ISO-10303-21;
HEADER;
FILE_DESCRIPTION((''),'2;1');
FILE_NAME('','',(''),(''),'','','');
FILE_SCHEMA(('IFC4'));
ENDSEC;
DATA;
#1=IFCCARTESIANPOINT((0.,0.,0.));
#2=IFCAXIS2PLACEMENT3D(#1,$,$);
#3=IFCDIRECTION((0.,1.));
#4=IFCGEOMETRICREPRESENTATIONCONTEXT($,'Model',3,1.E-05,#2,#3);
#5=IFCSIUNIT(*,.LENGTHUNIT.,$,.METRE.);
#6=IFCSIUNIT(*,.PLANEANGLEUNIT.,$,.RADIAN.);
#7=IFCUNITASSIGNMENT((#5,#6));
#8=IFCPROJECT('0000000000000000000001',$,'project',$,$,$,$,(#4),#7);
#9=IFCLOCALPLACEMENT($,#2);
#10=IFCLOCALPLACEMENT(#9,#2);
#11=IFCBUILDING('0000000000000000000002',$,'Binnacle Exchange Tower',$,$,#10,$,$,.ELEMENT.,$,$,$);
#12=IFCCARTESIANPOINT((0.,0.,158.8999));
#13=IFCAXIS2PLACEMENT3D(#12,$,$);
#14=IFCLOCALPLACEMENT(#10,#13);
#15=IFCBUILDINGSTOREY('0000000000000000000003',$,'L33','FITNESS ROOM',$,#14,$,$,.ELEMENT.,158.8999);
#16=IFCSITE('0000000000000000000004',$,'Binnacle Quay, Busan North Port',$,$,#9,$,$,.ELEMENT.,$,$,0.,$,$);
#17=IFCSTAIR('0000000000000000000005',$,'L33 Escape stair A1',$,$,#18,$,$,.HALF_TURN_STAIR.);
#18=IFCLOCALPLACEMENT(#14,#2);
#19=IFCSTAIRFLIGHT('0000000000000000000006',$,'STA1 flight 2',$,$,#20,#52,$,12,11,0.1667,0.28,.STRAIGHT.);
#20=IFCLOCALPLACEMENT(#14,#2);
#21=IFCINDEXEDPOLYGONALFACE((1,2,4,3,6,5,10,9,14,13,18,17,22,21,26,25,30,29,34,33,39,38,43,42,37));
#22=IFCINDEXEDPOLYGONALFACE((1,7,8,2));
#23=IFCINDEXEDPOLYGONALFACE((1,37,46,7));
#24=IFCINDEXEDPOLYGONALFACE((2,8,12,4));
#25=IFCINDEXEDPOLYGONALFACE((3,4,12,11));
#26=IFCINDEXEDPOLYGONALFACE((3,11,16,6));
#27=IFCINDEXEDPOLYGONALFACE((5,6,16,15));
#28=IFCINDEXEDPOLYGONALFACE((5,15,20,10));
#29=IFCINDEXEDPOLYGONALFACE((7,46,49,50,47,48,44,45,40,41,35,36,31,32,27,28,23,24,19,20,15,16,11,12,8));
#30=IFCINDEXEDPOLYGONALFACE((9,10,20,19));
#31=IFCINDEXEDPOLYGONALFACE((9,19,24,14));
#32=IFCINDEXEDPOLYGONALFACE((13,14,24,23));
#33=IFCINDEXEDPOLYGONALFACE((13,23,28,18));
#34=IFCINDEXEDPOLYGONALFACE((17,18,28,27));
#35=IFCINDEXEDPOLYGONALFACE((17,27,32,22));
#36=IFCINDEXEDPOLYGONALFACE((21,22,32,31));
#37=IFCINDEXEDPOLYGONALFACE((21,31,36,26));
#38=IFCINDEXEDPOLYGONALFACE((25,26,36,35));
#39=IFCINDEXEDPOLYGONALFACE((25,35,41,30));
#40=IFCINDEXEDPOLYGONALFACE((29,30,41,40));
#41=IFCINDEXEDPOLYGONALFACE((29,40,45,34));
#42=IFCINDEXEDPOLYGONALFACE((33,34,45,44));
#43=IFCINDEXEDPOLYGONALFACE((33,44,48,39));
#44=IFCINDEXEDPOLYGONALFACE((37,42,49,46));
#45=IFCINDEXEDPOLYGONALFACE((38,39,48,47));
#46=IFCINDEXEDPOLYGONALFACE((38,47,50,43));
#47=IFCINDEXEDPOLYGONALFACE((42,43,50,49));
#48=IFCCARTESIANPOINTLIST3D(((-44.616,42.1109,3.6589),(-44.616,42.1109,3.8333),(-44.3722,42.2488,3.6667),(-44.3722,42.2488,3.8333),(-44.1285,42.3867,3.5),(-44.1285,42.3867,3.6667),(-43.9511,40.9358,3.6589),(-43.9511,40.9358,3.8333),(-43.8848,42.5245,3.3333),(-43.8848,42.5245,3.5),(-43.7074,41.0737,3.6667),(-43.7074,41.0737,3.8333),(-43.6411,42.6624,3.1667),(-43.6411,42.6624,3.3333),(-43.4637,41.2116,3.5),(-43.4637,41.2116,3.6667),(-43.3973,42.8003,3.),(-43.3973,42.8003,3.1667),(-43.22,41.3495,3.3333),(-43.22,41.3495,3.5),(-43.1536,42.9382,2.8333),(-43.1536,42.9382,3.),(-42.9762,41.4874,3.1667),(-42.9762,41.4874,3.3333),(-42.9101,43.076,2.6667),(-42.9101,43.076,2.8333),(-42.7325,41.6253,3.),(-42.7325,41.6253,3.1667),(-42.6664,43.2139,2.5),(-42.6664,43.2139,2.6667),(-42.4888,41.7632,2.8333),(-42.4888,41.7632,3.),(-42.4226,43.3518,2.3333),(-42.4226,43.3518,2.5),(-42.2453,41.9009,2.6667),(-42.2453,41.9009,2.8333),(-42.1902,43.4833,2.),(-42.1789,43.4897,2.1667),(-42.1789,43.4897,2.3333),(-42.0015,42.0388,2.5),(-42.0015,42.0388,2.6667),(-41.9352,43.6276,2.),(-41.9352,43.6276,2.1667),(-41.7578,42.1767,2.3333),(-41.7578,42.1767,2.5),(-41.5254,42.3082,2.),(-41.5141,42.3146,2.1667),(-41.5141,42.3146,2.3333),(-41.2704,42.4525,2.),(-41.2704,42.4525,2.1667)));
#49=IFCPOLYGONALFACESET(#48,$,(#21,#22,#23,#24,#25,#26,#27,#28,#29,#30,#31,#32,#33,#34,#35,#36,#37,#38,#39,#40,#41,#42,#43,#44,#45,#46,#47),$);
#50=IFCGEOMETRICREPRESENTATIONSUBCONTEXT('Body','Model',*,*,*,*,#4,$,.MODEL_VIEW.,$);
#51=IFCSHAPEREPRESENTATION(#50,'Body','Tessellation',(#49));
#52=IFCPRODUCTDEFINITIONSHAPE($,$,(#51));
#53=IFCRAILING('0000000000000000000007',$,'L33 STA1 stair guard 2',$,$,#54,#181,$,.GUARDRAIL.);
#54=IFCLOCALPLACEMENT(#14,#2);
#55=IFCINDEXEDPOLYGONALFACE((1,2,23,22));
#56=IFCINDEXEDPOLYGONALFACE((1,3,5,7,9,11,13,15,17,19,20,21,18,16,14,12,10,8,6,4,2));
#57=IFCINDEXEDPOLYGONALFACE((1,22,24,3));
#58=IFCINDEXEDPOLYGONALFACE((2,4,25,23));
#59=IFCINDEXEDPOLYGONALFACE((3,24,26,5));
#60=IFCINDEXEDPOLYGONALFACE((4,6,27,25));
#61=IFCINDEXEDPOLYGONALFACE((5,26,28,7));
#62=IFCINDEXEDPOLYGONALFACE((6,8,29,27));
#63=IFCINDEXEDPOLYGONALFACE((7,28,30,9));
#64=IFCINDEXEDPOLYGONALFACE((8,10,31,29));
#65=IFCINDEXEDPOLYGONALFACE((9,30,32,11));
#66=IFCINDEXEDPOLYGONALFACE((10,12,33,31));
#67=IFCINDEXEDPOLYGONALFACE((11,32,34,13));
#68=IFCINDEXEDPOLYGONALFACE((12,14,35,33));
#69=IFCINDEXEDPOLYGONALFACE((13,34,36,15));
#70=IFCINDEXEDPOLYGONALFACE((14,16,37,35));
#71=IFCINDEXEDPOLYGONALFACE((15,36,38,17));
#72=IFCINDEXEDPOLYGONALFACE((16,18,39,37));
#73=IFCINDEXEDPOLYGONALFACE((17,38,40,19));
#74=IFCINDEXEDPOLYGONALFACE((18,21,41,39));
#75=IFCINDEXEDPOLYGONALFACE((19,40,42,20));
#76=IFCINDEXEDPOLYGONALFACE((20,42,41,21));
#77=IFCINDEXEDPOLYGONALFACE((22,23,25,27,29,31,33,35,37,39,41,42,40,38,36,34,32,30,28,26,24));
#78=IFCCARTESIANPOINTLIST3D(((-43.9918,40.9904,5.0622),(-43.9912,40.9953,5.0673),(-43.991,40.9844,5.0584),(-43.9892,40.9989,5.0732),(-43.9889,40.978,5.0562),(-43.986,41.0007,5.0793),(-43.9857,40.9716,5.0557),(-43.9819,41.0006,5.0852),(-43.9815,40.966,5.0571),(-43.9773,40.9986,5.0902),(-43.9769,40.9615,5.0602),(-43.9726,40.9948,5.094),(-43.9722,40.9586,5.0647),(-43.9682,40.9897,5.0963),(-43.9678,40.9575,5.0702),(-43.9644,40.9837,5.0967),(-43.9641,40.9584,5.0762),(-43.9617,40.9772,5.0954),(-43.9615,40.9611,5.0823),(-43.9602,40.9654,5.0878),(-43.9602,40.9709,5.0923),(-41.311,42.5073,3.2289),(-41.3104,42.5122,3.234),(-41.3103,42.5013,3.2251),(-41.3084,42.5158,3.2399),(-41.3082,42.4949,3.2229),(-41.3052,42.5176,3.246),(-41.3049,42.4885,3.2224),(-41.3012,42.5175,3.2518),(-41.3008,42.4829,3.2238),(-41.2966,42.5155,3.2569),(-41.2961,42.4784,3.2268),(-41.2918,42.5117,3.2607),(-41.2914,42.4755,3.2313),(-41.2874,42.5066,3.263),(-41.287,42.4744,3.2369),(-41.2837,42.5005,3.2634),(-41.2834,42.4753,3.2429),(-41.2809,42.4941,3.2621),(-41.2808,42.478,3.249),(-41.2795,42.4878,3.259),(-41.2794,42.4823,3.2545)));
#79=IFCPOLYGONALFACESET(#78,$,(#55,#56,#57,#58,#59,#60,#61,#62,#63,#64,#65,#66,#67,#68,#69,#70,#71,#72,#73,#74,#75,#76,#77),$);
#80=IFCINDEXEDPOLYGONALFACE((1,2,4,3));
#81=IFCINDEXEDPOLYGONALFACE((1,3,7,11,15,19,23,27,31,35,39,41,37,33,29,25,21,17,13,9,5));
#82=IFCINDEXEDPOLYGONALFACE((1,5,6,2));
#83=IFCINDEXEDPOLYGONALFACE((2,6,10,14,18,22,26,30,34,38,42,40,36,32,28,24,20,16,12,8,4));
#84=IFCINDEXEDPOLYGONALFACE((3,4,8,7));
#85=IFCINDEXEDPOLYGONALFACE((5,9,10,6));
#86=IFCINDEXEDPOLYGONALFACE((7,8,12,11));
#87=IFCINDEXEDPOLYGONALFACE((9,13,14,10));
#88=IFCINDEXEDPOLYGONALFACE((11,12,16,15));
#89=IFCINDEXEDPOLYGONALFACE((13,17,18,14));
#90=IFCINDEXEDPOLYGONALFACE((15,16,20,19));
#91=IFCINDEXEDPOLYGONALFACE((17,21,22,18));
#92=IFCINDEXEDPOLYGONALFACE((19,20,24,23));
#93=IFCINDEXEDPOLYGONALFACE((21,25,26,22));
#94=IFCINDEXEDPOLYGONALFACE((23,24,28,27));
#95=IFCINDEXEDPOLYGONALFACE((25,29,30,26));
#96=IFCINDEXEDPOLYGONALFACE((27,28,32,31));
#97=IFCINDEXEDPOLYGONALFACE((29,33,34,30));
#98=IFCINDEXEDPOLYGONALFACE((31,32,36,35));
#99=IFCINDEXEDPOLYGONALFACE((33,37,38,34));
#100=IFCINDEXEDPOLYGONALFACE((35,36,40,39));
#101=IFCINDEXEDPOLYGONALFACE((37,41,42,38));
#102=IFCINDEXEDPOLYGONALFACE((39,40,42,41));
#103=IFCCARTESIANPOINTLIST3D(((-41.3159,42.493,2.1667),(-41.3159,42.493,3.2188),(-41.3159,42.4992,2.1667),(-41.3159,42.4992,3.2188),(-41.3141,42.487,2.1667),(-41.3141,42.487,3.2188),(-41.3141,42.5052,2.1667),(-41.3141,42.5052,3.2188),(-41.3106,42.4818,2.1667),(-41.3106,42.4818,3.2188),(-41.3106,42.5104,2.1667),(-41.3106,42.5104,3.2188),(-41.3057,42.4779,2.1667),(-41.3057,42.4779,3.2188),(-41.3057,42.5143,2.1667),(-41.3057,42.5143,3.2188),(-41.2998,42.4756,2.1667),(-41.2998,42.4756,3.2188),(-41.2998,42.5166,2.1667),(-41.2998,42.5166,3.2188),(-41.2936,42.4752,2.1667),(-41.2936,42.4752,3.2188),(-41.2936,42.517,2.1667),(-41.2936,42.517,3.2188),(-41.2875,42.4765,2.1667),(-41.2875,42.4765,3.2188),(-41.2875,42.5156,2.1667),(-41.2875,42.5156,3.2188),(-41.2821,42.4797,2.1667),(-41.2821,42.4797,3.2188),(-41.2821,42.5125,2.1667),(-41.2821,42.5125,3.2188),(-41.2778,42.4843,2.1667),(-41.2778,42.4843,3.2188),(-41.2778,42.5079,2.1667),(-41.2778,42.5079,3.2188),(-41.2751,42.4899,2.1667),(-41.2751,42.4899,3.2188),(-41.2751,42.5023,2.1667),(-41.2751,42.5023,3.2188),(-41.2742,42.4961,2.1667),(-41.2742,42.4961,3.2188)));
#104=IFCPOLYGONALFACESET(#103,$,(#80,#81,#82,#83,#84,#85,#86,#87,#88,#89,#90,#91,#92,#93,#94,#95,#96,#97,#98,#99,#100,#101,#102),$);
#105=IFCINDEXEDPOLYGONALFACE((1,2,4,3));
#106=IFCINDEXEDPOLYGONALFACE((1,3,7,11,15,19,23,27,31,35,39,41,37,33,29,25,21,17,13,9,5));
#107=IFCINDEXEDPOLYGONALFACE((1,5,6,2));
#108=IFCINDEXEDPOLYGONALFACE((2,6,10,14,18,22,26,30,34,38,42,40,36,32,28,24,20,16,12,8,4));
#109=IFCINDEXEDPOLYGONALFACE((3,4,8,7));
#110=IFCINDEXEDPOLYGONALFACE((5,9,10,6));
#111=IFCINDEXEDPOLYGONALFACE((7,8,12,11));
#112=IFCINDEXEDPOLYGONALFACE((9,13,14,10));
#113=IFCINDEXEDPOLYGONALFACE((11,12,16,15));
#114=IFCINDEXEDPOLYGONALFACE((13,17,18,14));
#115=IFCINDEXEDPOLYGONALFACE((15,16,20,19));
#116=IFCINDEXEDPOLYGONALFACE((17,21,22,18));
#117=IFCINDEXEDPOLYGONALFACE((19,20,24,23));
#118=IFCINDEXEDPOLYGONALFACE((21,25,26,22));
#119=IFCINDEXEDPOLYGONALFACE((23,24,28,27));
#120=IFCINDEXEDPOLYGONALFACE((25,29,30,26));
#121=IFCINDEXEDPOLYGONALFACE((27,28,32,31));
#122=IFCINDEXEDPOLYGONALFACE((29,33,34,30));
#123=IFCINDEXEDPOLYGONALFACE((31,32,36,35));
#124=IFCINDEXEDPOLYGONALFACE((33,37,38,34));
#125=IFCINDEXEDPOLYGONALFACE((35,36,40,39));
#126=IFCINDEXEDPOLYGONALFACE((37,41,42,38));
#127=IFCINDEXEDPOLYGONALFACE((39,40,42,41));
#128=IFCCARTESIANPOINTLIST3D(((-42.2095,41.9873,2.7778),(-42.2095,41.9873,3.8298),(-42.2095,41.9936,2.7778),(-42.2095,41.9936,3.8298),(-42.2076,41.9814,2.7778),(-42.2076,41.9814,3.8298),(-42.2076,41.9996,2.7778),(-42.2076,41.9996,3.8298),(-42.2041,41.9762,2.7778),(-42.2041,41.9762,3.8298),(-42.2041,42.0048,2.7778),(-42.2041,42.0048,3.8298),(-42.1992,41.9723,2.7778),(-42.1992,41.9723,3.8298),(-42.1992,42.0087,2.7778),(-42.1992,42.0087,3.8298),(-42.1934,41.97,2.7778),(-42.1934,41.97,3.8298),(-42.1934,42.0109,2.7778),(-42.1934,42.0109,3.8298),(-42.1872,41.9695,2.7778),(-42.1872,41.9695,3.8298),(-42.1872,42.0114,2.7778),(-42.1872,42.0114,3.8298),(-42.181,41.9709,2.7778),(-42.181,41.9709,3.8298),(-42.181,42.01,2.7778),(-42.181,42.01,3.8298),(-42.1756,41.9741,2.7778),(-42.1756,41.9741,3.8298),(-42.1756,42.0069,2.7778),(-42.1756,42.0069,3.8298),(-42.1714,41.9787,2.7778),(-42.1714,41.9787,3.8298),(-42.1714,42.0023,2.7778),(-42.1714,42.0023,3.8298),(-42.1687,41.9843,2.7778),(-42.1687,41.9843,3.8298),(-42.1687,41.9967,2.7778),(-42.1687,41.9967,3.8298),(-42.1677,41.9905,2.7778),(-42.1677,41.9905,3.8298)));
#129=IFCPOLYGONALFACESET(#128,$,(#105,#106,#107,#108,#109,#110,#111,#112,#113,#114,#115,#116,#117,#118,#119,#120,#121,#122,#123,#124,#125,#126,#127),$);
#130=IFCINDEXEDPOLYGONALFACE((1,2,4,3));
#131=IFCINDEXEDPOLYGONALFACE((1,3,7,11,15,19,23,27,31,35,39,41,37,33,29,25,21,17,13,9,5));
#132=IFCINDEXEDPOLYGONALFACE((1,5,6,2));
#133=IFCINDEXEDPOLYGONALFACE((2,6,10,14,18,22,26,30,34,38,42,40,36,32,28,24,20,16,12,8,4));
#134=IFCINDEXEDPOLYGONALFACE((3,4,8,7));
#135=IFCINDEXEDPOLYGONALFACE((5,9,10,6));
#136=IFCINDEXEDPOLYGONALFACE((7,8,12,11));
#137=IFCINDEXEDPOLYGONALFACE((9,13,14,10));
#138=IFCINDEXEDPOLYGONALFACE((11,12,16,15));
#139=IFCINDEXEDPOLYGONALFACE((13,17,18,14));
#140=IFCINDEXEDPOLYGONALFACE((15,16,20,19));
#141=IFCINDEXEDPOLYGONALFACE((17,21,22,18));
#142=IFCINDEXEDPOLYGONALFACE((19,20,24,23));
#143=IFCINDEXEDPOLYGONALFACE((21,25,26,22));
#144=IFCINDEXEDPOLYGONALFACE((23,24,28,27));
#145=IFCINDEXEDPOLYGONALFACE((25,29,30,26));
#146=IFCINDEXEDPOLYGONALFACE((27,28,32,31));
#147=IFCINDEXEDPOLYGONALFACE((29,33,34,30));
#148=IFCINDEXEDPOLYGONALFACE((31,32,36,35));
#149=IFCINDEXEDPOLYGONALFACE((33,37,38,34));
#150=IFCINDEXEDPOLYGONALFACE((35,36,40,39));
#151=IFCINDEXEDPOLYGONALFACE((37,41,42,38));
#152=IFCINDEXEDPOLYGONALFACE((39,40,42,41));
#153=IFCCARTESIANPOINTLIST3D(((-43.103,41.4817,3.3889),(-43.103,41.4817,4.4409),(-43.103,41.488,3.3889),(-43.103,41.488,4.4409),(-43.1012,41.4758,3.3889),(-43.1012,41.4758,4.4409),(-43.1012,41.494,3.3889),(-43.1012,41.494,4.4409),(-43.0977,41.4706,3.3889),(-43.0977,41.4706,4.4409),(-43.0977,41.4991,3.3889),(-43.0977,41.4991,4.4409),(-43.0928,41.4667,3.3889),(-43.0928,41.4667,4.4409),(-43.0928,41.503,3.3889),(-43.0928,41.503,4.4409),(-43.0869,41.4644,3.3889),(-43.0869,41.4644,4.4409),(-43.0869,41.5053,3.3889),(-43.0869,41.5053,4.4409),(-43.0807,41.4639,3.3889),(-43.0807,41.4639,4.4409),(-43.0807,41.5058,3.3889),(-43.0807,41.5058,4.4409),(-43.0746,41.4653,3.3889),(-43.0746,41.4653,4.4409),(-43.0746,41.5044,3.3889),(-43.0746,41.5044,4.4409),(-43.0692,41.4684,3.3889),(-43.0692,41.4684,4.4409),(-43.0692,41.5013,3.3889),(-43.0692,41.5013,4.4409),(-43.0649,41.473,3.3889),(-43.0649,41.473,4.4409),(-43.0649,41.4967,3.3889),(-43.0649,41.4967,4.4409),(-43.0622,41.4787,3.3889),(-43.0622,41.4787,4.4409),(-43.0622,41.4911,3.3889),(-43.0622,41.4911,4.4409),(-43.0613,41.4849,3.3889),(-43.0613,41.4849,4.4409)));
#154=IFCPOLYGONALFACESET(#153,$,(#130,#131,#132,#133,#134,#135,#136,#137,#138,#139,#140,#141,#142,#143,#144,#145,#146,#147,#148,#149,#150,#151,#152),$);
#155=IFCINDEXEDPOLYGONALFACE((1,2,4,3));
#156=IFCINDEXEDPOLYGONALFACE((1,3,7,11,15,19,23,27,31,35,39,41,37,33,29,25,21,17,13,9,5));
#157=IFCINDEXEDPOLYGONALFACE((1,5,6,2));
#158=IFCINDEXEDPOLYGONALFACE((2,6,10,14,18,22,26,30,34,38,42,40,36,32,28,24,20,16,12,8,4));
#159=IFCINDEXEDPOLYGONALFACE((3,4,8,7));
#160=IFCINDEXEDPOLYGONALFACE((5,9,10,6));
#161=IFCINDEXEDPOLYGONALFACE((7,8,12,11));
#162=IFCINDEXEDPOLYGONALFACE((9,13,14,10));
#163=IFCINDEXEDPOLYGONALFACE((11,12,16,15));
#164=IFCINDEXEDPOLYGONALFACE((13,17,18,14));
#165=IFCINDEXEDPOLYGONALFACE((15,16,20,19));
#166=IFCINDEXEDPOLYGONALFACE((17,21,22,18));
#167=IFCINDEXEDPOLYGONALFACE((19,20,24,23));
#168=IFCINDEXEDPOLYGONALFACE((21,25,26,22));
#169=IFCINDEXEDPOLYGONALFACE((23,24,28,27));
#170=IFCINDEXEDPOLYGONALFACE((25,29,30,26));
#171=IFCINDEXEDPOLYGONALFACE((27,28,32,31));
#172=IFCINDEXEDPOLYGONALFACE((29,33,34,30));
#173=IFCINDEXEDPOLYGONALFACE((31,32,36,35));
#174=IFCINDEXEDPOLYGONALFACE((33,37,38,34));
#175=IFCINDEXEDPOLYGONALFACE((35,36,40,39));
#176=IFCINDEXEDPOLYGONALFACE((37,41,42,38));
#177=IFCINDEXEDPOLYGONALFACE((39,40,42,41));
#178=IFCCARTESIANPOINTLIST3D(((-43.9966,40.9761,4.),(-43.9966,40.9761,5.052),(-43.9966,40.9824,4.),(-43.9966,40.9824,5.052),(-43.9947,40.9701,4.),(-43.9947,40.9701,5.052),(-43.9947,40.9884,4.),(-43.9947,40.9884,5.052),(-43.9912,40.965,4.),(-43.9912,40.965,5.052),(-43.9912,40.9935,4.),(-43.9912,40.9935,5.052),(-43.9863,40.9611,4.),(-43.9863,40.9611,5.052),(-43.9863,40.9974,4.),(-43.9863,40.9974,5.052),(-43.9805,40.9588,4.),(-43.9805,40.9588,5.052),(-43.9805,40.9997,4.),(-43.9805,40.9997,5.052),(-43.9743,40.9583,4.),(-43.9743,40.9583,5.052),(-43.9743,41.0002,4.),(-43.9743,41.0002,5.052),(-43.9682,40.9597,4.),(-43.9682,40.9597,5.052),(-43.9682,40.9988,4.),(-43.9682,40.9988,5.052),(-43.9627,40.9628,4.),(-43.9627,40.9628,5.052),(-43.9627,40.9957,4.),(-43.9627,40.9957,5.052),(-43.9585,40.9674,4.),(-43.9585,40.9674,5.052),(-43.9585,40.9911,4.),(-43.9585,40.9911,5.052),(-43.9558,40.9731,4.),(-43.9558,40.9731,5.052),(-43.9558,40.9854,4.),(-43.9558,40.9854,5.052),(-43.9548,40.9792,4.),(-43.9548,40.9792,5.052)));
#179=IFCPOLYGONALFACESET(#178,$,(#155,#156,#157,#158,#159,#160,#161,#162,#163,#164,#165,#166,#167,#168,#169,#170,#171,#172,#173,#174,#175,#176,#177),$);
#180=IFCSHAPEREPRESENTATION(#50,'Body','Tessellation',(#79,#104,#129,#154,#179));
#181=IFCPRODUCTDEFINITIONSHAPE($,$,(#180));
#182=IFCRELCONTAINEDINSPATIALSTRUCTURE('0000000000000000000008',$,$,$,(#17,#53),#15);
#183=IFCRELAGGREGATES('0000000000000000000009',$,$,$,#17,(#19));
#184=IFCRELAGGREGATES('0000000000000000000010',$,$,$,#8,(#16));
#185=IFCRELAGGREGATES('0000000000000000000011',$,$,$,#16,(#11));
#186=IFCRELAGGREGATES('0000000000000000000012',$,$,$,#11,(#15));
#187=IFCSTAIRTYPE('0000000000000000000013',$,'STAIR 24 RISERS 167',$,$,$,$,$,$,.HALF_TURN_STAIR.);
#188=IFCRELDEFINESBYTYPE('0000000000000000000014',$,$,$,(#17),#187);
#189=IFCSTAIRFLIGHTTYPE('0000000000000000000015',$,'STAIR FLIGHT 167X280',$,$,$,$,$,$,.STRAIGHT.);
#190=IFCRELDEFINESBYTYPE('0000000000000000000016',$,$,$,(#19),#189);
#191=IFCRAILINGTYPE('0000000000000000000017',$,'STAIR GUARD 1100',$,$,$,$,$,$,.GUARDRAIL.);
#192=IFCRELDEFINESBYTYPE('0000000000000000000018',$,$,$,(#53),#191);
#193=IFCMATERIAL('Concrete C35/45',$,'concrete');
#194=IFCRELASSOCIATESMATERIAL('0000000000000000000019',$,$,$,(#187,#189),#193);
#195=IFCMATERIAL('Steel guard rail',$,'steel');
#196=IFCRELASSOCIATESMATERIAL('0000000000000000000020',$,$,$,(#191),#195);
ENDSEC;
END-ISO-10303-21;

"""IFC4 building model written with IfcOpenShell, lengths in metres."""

from ifc_helpers import new_model, si_unit, direction, frame, origin, origin_2d, place, context, subcontext, project, spatial, polyline, circle, outline, extrude, material, type_object, element, aggregate, save


model = new_model("IFC4")

# Units and contexts
model_context = context("Model", 3, precision=1e-05, world=origin(), true_north=direction((0.0, 1.0)))
body_context = subcontext(model_context, "Body", "Model", "MODEL_VIEW")
ifc_project = project(units=[si_unit("LENGTHUNIT", "METRE"), si_unit("PLANEANGLEUNIT", "RADIAN")], contexts=[model_context])

# Site, building, storey
site_placement = place(None, origin())
site = spatial("IfcSite", under=ifc_project, at=site_placement, Name="Binnacle Quay, Busan North Port", CompositionType="ELEMENT", RefElevation=0.0)
building_placement = place(site_placement, origin())
building = spatial("IfcBuilding", under=site, at=building_placement, Name="Binnacle Exchange Tower", CompositionType="ELEMENT")
storey_placement = place(building_placement, frame((0.0, 0.0, 158.8999)))
storey = spatial("IfcBuildingStorey", under=building, at=storey_placement, Name="L33", Description="FITNESS ROOM", CompositionType="ELEMENT", Elevation=158.8999)

# Stair, stair flight
ifc_material_1 = material(Name="Concrete C35/45", Category="concrete")
stair_type = type_object("IfcStairType", Name="STAIR 24 RISERS 167", PredefinedType="HALF_TURN_STAIR", material=ifc_material_1)
stair_placement = place(storey_placement, origin())
stair = element("IfcStair", 1, at=stair_placement, inside=storey, type_object=stair_type, Name="L33 Escape stair A1", PredefinedType="HALF_TURN_STAIR")
stair_flight_type = type_object("IfcStairFlightType", Name="STAIR FLIGHT 167X280", PredefinedType="STRAIGHT", material=ifc_material_1)
stair_flight_placement = place(storey_placement, frame((-41.6028, 43.04, 2.0), z_axis=(0.0, 0.0, 1.0), x_axis=(-0.870356, -0.492424, 0.0)))
stair_flight = element("IfcStairFlight", 2, at=stair_flight_placement, type_object=stair_flight_type, Name="STA1 flight 2", NumberOfRisers=12, NumberOfTreads=11, PredefinedType="STRAIGHT", RiserHeight=0.1667, TreadLength=0.28, context=body_context, shape_type="SweptSolid", body=[
    extrude(outline(polyline([(0.0, 0.0), (0.0, 0.1667), (0.28, 0.1667), (0.28, 0.3333), (0.5601, 0.3333), (0.5601, 0.5), (0.8401, 0.5), (0.8401, 0.6667), (1.1201, 0.6667), (1.1201, 0.8333), (1.3999, 0.8333), (1.3999, 1.0), (1.6799, 1.0), (1.6799, 1.1667), (1.96, 1.1667), (1.96, 1.3333), (2.24, 1.3333), (2.24, 1.5), (2.52, 1.5), (2.52, 1.6667), (2.8, 1.6667), (2.8, 1.8333), (3.0801, 1.8333), (3.0801, 2.0), (3.0801, 1.6589), (0.293, 0.0), (0.0, 0.0)])), frame((0.0, 0.675, 0.0), z_axis=(0.0, -1.0, 0.0), x_axis=(1.0, 0.0, 0.0)), (0.0, 0.0, 1.0), 1.3501),
])
aggregate(stair, [stair_flight])

# Railing
ifc_material_2 = material(Name="Steel guard rail", Category="steel")
railing_type = type_object("IfcRailingType", Name="STAIR GUARD 1100", PredefinedType="GUARDRAIL", material=ifc_material_2)
railing_placement = place(storey_placement, frame((-41.2952, 42.4961, 2.1667)))
element("IfcRailing", 3, at=railing_placement, inside=storey, type_object=railing_type, Name="L33 STA1 stair guard 2", PredefinedType="GUARDRAIL", context=body_context, shape_type="SweptSolid", body=[
    extrude(circle(Radius=0.0239, at=origin_2d()), frame((0.0, 0.0, 1.0762), z_axis=(-0.747879, -0.423185, 0.51146), x_axis=(0.492472, -0.870328, 0.0)), (0.0, 0.0, 1.0), 3.5845),
    extrude(circle(Radius=0.021, at=origin_2d()), origin(), (0.0, 0.0, 1.0), 1.052),
    extrude(circle(Radius=0.021, at=origin_2d()), frame((-0.8936, -0.5056, 0.6111)), (0.0, 0.0, 1.0), 1.052),
    extrude(circle(Radius=0.021, at=origin_2d()), frame((-1.7871, -1.0112, 1.2222)), (0.0, 0.0, 1.0), 1.052),
    extrude(circle(Radius=0.021, at=origin_2d()), frame((-2.6807, -1.5168, 1.8333)), (0.0, 0.0, 1.0), 1.052),
])

save(model, "model.ifc")
